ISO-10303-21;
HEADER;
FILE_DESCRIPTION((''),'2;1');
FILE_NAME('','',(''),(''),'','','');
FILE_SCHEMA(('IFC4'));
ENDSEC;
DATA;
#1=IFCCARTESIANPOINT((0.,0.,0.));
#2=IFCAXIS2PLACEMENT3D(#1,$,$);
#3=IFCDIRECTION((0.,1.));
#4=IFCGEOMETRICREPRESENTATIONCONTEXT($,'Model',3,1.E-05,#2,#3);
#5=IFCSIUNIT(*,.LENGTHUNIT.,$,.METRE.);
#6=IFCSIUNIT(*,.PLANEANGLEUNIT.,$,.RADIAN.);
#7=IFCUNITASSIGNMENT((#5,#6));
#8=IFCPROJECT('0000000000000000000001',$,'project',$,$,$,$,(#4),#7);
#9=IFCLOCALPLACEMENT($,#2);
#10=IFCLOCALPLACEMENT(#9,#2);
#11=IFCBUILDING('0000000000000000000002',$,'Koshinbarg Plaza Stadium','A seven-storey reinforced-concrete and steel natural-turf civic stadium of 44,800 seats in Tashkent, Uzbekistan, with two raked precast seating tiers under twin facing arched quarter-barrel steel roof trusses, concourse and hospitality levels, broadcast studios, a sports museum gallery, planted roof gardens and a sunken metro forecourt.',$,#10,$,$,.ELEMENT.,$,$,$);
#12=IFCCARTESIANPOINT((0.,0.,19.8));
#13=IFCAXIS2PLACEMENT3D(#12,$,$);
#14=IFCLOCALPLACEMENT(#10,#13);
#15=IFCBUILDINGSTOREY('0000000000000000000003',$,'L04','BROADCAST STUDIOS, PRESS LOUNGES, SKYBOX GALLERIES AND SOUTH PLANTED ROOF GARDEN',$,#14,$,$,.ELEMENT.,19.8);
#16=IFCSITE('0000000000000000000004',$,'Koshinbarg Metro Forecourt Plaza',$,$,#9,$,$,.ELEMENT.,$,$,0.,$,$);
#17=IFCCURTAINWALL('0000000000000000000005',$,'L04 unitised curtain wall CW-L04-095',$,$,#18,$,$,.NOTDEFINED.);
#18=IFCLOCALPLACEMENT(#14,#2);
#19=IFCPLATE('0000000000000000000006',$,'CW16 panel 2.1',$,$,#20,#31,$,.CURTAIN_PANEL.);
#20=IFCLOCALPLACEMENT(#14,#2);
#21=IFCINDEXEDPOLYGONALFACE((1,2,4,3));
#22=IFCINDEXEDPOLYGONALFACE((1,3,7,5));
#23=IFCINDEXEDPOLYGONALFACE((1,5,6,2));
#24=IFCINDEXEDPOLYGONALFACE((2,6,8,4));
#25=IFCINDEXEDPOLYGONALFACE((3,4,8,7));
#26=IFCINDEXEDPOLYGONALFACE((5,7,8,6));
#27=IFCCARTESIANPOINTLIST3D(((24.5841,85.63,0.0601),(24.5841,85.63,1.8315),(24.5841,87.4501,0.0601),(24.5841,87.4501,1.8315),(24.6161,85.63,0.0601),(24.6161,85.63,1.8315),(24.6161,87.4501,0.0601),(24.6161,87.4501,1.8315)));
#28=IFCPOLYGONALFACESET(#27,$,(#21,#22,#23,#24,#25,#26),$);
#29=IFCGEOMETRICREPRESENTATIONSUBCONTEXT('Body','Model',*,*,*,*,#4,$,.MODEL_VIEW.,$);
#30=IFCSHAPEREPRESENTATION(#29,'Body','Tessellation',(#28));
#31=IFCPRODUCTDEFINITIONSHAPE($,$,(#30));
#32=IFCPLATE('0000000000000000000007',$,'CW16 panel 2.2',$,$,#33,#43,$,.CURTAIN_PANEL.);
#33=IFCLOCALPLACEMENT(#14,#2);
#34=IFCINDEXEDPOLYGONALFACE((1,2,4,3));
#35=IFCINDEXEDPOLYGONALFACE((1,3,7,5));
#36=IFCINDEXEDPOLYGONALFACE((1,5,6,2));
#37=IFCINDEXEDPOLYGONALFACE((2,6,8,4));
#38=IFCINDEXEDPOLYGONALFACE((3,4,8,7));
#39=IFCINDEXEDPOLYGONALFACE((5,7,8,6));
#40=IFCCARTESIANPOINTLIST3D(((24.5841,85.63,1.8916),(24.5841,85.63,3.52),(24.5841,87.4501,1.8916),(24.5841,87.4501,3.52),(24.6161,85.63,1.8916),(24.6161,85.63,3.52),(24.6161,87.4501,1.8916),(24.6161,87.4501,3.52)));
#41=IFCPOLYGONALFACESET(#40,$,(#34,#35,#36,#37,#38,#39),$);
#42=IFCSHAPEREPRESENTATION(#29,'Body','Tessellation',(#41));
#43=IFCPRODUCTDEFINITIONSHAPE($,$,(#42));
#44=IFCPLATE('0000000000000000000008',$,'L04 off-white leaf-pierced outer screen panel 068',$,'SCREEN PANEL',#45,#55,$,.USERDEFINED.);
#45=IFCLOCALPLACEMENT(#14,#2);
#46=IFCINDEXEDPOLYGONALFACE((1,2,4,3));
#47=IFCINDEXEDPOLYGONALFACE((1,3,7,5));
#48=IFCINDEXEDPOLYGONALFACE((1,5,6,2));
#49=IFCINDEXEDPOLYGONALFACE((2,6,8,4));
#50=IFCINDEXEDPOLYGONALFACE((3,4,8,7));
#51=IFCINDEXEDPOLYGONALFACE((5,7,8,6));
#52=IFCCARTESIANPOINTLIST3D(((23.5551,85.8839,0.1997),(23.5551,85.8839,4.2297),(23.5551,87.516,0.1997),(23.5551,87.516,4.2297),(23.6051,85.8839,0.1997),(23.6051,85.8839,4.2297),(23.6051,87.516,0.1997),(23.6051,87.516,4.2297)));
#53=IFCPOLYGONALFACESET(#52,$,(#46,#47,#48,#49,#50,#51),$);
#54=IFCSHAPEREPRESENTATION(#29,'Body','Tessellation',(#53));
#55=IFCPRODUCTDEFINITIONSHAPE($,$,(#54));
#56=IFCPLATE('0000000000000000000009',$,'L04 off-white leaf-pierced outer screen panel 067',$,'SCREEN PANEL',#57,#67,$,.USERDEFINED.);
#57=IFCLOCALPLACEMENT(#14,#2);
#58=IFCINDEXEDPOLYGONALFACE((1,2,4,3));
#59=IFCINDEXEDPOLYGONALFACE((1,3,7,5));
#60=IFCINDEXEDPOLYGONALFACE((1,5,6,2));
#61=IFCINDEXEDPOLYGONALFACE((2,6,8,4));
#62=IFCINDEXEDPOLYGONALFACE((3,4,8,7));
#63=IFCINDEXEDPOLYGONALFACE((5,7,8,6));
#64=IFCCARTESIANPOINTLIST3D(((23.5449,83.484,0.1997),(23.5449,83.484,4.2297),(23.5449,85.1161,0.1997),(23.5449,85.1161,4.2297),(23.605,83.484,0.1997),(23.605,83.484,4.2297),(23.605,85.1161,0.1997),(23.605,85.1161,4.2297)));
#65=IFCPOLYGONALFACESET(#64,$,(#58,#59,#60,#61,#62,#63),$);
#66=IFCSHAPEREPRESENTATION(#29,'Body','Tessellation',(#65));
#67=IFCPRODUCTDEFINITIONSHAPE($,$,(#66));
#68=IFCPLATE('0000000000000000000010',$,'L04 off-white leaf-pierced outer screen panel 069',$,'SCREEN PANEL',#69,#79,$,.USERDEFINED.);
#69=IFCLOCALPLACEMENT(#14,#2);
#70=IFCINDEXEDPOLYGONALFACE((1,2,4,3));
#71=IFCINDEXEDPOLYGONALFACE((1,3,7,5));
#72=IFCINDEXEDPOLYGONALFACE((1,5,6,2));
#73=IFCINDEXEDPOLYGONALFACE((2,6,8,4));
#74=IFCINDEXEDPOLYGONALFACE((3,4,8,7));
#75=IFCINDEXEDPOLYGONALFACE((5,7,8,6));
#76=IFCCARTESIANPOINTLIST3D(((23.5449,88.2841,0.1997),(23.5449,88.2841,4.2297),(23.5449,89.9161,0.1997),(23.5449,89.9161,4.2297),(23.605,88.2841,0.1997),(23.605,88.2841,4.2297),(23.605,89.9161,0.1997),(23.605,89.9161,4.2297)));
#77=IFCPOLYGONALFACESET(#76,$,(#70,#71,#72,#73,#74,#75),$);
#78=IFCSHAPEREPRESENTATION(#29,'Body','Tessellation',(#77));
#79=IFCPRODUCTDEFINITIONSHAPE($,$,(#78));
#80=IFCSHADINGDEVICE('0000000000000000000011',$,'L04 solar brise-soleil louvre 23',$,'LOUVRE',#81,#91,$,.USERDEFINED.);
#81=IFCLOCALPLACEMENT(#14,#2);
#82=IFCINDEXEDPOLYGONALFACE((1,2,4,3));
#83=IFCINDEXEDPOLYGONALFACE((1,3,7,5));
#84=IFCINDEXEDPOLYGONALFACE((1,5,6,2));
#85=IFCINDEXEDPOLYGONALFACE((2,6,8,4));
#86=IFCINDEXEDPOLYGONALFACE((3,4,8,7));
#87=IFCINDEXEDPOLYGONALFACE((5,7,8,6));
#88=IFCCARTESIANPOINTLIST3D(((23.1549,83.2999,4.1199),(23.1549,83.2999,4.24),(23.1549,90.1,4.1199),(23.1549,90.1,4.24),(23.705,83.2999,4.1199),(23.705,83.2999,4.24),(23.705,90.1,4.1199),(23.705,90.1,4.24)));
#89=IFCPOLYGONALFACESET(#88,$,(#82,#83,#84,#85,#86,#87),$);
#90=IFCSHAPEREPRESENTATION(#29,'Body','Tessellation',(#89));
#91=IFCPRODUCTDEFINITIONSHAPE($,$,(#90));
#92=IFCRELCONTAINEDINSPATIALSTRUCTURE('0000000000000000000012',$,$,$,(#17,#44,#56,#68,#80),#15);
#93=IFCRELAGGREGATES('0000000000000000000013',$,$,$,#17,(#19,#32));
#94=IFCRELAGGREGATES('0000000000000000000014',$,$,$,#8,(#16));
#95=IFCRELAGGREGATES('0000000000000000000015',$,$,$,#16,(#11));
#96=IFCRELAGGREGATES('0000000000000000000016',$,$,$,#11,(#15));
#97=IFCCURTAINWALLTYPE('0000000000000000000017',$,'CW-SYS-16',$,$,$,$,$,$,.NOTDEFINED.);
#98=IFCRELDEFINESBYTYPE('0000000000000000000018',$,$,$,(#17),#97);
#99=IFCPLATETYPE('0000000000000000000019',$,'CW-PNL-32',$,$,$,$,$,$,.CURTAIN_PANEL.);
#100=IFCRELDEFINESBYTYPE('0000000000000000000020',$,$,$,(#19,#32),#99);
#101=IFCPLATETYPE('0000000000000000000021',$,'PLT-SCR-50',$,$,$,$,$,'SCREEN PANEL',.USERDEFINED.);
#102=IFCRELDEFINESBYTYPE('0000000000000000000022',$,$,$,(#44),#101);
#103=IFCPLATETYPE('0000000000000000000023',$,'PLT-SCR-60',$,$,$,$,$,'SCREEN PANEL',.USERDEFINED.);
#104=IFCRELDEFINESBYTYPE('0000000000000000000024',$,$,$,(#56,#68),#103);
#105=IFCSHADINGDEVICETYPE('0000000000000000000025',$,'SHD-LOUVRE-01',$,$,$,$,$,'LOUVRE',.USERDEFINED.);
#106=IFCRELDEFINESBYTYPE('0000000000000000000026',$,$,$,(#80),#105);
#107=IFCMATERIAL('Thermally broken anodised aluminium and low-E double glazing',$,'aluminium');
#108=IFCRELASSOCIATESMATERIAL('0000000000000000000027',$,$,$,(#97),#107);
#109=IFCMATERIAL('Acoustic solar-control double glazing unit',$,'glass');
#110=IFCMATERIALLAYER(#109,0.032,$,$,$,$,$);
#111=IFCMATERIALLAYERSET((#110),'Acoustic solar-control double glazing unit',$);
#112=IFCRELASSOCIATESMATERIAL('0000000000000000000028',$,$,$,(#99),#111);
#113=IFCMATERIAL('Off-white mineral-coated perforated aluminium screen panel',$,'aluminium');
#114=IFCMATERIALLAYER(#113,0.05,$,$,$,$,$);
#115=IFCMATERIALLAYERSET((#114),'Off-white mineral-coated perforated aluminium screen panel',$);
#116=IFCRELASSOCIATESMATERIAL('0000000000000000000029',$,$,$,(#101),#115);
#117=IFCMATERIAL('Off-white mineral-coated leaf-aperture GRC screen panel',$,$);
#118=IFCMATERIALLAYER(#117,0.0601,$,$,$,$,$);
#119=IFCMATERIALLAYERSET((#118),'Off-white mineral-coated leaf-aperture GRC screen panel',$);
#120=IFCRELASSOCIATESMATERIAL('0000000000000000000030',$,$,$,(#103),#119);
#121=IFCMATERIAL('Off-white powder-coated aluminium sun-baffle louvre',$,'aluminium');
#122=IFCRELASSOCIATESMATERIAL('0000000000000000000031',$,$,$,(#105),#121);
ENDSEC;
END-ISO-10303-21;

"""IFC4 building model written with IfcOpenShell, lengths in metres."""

from ifc_helpers import new_model, si_unit, direction, frame, origin, origin_2d, place, context, subcontext, project, spatial, rectangle, extrude, material, layer, layer_set, type_object, element, aggregate, save


model = new_model("IFC4")

# Units and contexts
model_context = context("Model", 3, precision=1e-05, world=origin(), true_north=direction((0.0, 1.0)))
body_context = subcontext(model_context, "Body", "Model", "MODEL_VIEW")
ifc_project = project(units=[si_unit("LENGTHUNIT", "METRE"), si_unit("PLANEANGLEUNIT", "RADIAN")], contexts=[model_context])

# Site, building, storey
site_placement = place(None, origin())
site = spatial("IfcSite", under=ifc_project, at=site_placement, Name="Koshinbarg Metro Forecourt Plaza", CompositionType="ELEMENT", RefElevation=0.0)
building_placement = place(site_placement, origin())
building = spatial("IfcBuilding", under=site, at=building_placement, Name="Koshinbarg Plaza Stadium", Description="A seven-storey reinforced-concrete and steel natural-turf civic stadium of 44,800 seats in Tashkent, Uzbekistan, with two raked precast seating tiers under twin facing arched quarter-barrel steel roof trusses, concourse and hospitality levels, broadcast studios, a sports museum gallery, planted roof gardens and a sunken metro forecourt.", CompositionType="ELEMENT")
storey_placement = place(building_placement, frame((0.0, 0.0, 19.8)))
storey = spatial("IfcBuildingStorey", under=building, at=storey_placement, Name="L04", Description="BROADCAST STUDIOS, PRESS LOUNGES, SKYBOX GALLERIES AND SOUTH PLANTED ROOF GARDEN", CompositionType="ELEMENT", Elevation=19.8)

# Curtain wall, plates
ifc_material_1 = material(Name="Thermally broken anodised aluminium and low-E double glazing", Category="aluminium")
curtain_wall_type = type_object("IfcCurtainWallType", Name="CW-SYS-16", PredefinedType="NOTDEFINED", material=ifc_material_1)
curtain_wall_placement = place(storey_placement, origin())
curtain_wall = element("IfcCurtainWall", 1, at=curtain_wall_placement, inside=storey, type_object=curtain_wall_type, Name="L04 unitised curtain wall CW-L04-095", PredefinedType="NOTDEFINED")
ifc_material_2 = material(Name="Acoustic solar-control double glazing unit", Category="glass")
ifc_layer_1 = layer(ifc_material_2, 0.032)
ifc_layer_set_1 = layer_set([ifc_layer_1], Name="Acoustic solar-control double glazing unit")
plate_type_1 = type_object("IfcPlateType", Name="CW-PNL-32", PredefinedType="CURTAIN_PANEL", material=ifc_layer_set_1)
plate_1_placement = place(storey_placement, frame((24.6001, 86.54, 0.0601), z_axis=(0.0, 0.0, 1.0), x_axis=(0.0, 1.0, 0.0)))
plate_1 = element("IfcPlate", 2, at=plate_1_placement, type_object=plate_type_1, Name="CW16 panel 2.1", PredefinedType="CURTAIN_PANEL", context=body_context, shape_type="SweptSolid", body=[
    extrude(rectangle(XDim=1.8201, YDim=0.032, at=origin_2d()), origin(), (0.0, 0.0, 1.0), 1.7715),
])
plate_2_placement = place(storey_placement, frame((24.6001, 86.54, 1.8916), z_axis=(0.0, 0.0, 1.0), x_axis=(0.0, 1.0, 0.0)))
plate_2 = element("IfcPlate", 3, at=plate_2_placement, type_object=plate_type_1, Name="CW16 panel 2.2", PredefinedType="CURTAIN_PANEL", context=body_context, shape_type="SweptSolid", body=[
    extrude(rectangle(XDim=1.8201, YDim=0.032, at=origin_2d()), origin(), (0.0, 0.0, 1.0), 1.6284),
])
aggregate(curtain_wall, [plate_1, plate_2])

# Plates
ifc_material_3 = material(Name="Off-white mineral-coated perforated aluminium screen panel", Category="aluminium")
ifc_layer_2 = layer(ifc_material_3, 0.05)
ifc_layer_set_2 = layer_set([ifc_layer_2], Name="Off-white mineral-coated perforated aluminium screen panel")
plate_type_2 = type_object("IfcPlateType", Name="PLT-SCR-50", ElementType="SCREEN PANEL", PredefinedType="USERDEFINED", material=ifc_layer_set_2)
plate_3_placement = place(storey_placement, frame((23.5801, 86.7, 0.1997), z_axis=(0.0, 0.0, 1.0), x_axis=(1.0, 0.0, 0.0)))
element("IfcPlate", 4, at=plate_3_placement, inside=storey, type_object=plate_type_2, Name="L04 off-white leaf-pierced outer screen panel 068", ObjectType="SCREEN PANEL", PredefinedType="USERDEFINED", context=body_context, shape_type="SweptSolid", body=[
    extrude(rectangle(XDim=0.05, YDim=1.6321, at=origin_2d()), origin(), (0.0, 0.0, 1.0), 4.03),
])
ifc_material_4 = material(Name="Off-white mineral-coated leaf-aperture GRC screen panel")
ifc_layer_3 = layer(ifc_material_4, 0.0601)
ifc_layer_set_3 = layer_set([ifc_layer_3], Name="Off-white mineral-coated leaf-aperture GRC screen panel")
plate_type_3 = type_object("IfcPlateType", Name="PLT-SCR-60", ElementType="SCREEN PANEL", PredefinedType="USERDEFINED", material=ifc_layer_set_3)
for number, where, z_axis, x_axis, name in (
    (5, (23.575, 84.3, 0.1997), (0.0, 0.0, 1.0), (1.0, 0.0, 0.0), "L04 off-white leaf-pierced outer screen panel 067"),
    (6, (23.575, 89.1001, 0.1997), (0.0, 0.0, 1.0), (1.0, 0.0, 0.0), "L04 off-white leaf-pierced outer screen panel 069"),
):
    element("IfcPlate", number, at=place(storey_placement, frame(where, z_axis=z_axis, x_axis=x_axis)), inside=storey, type_object=plate_type_3, Name=name, ObjectType="SCREEN PANEL", PredefinedType="USERDEFINED", context=body_context, shape_type="SweptSolid", body=[
        extrude(rectangle(XDim=0.0601, YDim=1.6321, at=origin_2d()), origin(), (0.0, 0.0, 1.0), 4.03),
    ])

# Shading device
ifc_material_5 = material(Name="Off-white powder-coated aluminium sun-baffle louvre", Category="aluminium")
shading_device_type = type_object("IfcShadingDeviceType", Name="SHD-LOUVRE-01", ElementType="LOUVRE", PredefinedType="USERDEFINED", material=ifc_material_5)
shading_device_placement = place(storey_placement, frame((23.4299, 86.7, 4.1199), z_axis=(0.0, 0.0, 1.0), x_axis=(1.0, 0.0, 0.0)))
element("IfcShadingDevice", 7, at=shading_device_placement, inside=storey, type_object=shading_device_type, Name="L04 solar brise-soleil louvre 23", ObjectType="LOUVRE", PredefinedType="USERDEFINED", context=body_context, shape_type="SweptSolid", body=[
    extrude(rectangle(XDim=0.55, YDim=6.8, at=origin_2d()), origin(), (0.0, 0.0, 1.0), 0.1201),
])

save(model, "model.ifc")
